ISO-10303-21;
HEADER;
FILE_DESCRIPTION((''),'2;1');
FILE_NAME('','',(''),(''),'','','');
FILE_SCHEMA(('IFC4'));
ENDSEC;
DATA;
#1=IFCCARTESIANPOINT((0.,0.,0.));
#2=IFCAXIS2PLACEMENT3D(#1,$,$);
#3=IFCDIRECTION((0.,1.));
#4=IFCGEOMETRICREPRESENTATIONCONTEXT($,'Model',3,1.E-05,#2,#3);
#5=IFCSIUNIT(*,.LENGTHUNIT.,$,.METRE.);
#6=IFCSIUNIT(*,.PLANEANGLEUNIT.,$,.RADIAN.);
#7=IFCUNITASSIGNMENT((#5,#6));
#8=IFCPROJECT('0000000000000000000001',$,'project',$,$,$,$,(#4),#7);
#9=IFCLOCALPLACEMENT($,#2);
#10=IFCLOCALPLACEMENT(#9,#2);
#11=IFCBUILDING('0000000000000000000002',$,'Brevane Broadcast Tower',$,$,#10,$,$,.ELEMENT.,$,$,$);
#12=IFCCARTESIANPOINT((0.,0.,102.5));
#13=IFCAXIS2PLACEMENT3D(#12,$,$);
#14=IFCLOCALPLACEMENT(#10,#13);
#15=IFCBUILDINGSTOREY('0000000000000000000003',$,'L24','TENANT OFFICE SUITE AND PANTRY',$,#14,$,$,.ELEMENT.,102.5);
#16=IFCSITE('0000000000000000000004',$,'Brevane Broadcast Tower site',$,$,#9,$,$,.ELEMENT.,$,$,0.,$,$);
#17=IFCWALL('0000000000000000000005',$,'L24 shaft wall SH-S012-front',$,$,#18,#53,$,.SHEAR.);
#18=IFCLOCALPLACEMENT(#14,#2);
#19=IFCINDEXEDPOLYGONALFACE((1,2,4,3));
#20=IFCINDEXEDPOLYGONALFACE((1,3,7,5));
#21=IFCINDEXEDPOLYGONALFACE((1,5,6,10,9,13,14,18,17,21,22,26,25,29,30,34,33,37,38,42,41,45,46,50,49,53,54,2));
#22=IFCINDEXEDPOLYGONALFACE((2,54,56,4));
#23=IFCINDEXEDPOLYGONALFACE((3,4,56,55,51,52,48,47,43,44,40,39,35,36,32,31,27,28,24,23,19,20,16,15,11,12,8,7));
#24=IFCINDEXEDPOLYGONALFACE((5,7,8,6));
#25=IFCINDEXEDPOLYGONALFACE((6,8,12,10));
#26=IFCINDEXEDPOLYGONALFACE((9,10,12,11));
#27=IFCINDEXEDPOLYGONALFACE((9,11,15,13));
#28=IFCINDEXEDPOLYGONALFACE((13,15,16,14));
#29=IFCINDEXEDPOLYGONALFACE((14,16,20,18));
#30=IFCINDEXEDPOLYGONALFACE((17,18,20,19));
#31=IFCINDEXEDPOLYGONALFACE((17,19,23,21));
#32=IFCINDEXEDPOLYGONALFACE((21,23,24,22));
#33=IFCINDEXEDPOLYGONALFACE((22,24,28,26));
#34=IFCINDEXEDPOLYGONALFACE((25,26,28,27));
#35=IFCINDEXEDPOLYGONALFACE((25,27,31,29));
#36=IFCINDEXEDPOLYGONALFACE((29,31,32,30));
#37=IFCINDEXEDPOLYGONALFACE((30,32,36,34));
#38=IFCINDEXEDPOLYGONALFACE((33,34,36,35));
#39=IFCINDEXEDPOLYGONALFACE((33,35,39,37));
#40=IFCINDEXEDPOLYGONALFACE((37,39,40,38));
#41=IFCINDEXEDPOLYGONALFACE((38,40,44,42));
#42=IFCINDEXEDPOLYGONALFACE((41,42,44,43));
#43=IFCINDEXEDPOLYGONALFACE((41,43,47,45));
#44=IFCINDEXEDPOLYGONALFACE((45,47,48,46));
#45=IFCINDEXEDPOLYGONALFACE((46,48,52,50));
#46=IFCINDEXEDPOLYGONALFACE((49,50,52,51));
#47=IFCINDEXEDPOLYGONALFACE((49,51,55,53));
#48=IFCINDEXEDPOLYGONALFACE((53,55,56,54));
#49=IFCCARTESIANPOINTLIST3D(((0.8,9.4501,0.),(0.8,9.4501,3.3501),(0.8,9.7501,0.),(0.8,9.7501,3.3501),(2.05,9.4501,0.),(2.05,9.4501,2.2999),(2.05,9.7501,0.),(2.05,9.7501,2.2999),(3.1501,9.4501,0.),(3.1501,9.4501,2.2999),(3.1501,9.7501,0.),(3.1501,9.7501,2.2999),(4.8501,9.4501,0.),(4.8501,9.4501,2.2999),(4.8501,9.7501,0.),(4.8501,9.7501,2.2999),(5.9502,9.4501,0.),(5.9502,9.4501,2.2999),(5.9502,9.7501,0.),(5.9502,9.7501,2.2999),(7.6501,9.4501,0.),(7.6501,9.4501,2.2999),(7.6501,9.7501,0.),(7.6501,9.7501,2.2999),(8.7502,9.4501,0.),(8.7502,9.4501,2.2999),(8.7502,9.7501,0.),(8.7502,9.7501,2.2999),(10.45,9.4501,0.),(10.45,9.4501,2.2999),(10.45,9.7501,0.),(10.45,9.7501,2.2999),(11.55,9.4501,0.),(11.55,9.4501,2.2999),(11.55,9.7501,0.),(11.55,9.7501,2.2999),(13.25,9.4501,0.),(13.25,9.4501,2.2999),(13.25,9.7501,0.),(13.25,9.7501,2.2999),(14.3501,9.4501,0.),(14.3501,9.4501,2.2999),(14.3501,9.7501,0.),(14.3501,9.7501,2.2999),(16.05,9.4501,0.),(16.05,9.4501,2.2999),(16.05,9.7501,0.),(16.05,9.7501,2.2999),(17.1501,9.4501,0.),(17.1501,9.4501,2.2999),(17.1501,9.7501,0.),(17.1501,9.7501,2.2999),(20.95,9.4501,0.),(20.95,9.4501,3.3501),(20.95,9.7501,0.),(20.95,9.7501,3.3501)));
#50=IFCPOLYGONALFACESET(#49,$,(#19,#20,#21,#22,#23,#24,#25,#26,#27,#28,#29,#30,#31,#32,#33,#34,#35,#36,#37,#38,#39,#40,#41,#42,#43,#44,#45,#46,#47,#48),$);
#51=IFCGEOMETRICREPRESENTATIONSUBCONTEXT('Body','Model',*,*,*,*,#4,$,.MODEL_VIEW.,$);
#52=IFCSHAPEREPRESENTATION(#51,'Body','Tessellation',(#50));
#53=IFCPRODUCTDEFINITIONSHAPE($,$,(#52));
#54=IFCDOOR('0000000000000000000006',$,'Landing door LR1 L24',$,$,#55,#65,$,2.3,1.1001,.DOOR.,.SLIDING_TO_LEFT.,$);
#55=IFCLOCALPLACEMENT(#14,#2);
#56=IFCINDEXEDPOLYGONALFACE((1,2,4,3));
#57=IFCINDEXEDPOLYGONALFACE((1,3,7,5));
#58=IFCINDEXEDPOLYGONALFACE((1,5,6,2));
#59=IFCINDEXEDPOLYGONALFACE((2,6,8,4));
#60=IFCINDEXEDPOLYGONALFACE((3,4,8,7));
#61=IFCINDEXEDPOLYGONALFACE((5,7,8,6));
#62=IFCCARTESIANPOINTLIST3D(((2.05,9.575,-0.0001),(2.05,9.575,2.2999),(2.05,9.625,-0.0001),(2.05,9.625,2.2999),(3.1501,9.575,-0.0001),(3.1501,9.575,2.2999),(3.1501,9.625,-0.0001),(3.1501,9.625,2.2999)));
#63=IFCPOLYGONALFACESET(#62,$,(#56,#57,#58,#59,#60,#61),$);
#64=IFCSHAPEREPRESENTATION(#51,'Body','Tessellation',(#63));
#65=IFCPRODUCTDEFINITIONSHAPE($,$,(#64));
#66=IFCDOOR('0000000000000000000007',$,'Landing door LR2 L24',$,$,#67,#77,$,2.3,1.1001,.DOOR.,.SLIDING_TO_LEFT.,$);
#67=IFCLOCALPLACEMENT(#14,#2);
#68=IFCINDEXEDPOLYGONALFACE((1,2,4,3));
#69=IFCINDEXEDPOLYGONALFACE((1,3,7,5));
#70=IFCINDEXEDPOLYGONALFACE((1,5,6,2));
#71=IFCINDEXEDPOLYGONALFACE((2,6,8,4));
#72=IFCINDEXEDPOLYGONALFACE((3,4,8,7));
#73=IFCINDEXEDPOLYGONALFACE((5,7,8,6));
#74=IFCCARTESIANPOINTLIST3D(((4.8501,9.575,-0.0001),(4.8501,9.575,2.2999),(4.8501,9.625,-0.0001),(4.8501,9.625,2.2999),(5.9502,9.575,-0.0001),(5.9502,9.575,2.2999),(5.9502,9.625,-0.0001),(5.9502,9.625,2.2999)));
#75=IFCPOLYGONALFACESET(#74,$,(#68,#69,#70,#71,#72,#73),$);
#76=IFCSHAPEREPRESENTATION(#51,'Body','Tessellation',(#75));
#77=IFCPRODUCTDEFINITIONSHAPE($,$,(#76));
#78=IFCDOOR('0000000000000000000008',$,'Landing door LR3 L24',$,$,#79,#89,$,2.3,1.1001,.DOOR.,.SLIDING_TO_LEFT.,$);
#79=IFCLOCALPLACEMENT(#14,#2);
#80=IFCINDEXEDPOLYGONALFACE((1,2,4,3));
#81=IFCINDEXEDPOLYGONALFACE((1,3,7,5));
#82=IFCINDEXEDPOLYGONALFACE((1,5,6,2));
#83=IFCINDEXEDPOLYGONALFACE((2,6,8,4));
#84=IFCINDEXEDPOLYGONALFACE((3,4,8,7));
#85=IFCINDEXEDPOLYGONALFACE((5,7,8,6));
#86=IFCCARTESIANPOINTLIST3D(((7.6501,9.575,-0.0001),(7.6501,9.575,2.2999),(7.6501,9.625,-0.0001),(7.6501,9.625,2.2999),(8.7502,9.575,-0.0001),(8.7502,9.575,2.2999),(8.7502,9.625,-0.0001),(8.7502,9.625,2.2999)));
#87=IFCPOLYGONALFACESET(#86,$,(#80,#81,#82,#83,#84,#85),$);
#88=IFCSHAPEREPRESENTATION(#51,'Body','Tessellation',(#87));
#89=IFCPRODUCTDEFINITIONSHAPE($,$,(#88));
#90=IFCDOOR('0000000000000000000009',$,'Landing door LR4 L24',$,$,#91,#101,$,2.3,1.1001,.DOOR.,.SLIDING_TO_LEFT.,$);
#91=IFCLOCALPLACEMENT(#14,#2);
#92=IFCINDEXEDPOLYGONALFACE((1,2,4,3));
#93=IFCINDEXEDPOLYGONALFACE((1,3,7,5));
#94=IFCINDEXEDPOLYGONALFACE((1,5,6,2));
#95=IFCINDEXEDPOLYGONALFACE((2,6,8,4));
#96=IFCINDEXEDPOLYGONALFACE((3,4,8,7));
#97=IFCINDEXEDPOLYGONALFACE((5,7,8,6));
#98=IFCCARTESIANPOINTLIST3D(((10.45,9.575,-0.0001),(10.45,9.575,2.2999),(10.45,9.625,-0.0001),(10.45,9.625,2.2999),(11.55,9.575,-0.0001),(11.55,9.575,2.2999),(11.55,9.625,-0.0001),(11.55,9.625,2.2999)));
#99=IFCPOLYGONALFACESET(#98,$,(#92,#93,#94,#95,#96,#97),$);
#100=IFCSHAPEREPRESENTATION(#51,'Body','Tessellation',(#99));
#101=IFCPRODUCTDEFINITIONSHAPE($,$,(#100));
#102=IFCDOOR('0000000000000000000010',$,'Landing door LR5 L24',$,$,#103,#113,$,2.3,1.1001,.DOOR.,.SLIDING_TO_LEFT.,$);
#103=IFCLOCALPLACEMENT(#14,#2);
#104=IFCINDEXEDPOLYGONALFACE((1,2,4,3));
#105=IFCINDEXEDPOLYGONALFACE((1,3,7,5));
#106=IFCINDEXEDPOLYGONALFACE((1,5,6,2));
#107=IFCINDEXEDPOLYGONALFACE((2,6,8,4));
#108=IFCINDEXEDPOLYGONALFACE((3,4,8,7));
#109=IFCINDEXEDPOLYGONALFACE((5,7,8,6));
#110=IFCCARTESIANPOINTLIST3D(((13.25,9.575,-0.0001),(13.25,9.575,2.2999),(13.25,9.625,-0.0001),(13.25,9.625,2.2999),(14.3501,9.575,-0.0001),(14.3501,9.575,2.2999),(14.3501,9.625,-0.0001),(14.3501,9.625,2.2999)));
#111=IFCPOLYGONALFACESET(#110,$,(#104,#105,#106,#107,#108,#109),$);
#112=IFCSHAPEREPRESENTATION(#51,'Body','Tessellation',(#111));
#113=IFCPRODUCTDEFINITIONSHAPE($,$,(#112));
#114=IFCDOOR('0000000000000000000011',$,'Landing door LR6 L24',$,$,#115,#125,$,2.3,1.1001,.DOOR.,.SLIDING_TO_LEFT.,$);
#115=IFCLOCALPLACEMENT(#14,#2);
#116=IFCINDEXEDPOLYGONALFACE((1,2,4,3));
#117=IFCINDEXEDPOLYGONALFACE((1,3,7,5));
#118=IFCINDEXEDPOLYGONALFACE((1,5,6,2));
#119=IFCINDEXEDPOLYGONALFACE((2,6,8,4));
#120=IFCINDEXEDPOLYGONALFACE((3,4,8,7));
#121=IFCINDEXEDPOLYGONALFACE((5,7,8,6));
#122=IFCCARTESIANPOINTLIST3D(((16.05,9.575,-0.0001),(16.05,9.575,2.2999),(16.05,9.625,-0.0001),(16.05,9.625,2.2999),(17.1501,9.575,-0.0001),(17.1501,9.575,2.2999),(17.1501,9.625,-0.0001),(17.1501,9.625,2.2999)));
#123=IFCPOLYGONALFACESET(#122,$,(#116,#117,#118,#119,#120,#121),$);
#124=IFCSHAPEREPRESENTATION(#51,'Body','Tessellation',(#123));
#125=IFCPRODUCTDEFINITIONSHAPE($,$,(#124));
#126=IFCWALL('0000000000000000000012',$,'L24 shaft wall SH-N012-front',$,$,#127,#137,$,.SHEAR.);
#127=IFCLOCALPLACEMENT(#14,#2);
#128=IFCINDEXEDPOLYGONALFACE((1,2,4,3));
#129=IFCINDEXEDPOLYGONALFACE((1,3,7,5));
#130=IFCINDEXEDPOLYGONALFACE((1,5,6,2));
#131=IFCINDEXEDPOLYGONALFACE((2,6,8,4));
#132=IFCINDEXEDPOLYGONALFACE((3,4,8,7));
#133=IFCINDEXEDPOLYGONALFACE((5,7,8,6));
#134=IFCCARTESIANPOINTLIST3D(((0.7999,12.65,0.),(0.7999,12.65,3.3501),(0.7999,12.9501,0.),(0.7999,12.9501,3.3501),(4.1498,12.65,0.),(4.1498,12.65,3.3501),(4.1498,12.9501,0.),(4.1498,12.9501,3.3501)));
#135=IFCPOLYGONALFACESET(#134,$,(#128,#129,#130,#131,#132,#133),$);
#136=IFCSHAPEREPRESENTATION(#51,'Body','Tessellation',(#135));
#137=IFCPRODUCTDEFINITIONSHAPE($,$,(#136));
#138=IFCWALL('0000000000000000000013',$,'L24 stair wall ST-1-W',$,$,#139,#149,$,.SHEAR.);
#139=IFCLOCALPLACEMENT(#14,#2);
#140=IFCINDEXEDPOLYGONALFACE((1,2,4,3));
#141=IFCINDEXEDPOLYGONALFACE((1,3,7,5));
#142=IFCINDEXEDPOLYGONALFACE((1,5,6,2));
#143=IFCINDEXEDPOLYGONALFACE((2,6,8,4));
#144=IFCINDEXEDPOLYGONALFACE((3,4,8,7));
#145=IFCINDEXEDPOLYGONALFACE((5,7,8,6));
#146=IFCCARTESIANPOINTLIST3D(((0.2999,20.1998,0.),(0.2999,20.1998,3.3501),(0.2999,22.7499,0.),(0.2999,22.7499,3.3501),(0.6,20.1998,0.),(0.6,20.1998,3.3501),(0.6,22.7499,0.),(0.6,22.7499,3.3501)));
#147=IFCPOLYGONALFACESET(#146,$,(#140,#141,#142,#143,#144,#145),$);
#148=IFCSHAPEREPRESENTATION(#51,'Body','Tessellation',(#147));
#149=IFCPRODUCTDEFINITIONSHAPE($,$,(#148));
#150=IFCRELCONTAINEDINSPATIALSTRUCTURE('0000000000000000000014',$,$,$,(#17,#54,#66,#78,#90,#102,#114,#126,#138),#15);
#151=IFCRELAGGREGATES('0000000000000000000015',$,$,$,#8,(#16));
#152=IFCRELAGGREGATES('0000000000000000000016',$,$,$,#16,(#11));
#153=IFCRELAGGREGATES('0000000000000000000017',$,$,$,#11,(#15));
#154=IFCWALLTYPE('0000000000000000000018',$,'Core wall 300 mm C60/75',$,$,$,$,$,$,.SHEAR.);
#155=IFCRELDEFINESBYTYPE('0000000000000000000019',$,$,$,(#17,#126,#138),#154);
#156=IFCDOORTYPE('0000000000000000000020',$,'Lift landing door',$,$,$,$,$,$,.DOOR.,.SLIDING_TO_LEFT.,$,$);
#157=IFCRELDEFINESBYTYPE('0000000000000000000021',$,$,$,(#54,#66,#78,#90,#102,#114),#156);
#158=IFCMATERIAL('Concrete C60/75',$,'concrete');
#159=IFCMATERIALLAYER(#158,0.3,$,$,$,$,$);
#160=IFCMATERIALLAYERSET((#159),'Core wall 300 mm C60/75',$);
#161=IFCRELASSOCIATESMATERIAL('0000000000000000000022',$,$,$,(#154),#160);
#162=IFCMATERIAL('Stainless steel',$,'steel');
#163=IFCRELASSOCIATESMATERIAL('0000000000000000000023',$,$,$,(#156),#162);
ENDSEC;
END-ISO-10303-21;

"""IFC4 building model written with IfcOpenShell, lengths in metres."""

from ifc_helpers import new_model, si_unit, direction, frame, frame_2d, origin, place, context, subcontext, project, spatial, rectangle, extrude, material, layer, layer_set, type_object, element, fill, save


model = new_model("IFC4")

# Units and contexts
model_context = context("Model", 3, precision=1e-05, world=origin(), true_north=direction((0.0, 1.0)))
body_context = subcontext(model_context, "Body", "Model", "MODEL_VIEW")
ifc_project = project(units=[si_unit("LENGTHUNIT", "METRE"), si_unit("PLANEANGLEUNIT", "RADIAN")], contexts=[model_context])

# Site, building, storey
site_placement = place(None, origin())
site = spatial("IfcSite", under=ifc_project, at=site_placement, Name="Brevane Broadcast Tower site", CompositionType="ELEMENT", RefElevation=0.0)
building_placement = place(site_placement, origin())
building = spatial("IfcBuilding", under=site, at=building_placement, Name="Brevane Broadcast Tower", CompositionType="ELEMENT")
storey_placement = place(building_placement, frame((0.0, 0.0, 102.5)))
storey = spatial("IfcBuildingStorey", under=building, at=storey_placement, Name="L24", Description="TENANT OFFICE SUITE AND PANTRY", CompositionType="ELEMENT", Elevation=102.5)

# Wall, openings, doors
ifc_material_1 = material(Name="Concrete C60/75", Category="concrete")
ifc_layer_1 = layer(ifc_material_1, 0.3)
ifc_layer_set_1 = layer_set([ifc_layer_1], Name="Core wall 300 mm C60/75")
wall_type_1 = type_object("IfcWallType", Name="Core wall 300 mm C60/75", PredefinedType="SHEAR", material=ifc_layer_set_1)
wall_1_placement = place(storey_placement, frame((0.8, 9.6001, 0.0), z_axis=(0.0, 0.0, 1.0), x_axis=(1.0, 0.0, 0.0)))
wall_1 = element("IfcWall", 1, at=wall_1_placement, inside=storey, type_object=wall_type_1, Name="L24 shaft wall SH-S012-front", PredefinedType="SHEAR", context=body_context, shape_type="SweptSolid", body=[
    extrude(rectangle(XDim=20.1499, YDim=0.3, at=frame_2d((10.075, 0.0))), origin(), (0.0, 0.0, 1.0), 3.3501),
])
opening_1_placement = place(wall_1_placement, frame((1.25, 0.0, 0.0)))
opening_1 = element("IfcOpeningElement", 2, at=opening_1_placement, cuts=wall_1, PredefinedType="OPENING", context=body_context, shape_type="SweptSolid", body=[
    extrude(rectangle(XDim=1.1001, YDim=2.3, at=frame_2d((0.55, 1.1499))), frame((0.0, 0.1599, 0.0), z_axis=(0.0, -1.0, 0.0), x_axis=(1.0, 0.0, 0.0)), (0.0, 0.0, 1.0), 0.3201),
])
opening_2_placement = place(wall_1_placement, frame((4.05, 0.0, 0.0)))
opening_2 = element("IfcOpeningElement", 3, at=opening_2_placement, cuts=wall_1, PredefinedType="OPENING", context=body_context, shape_type="SweptSolid", body=[
    extrude(rectangle(XDim=1.1001, YDim=2.3, at=frame_2d((0.55, 1.1499))), frame((0.0, 0.1599, 0.0), z_axis=(0.0, -1.0, 0.0), x_axis=(1.0, 0.0, 0.0)), (0.0, 0.0, 1.0), 0.3201),
])
opening_3_placement = place(wall_1_placement, frame((6.8501, 0.0, 0.0)))
opening_3 = element("IfcOpeningElement", 4, at=opening_3_placement, cuts=wall_1, PredefinedType="OPENING", context=body_context, shape_type="SweptSolid", body=[
    extrude(rectangle(XDim=1.1001, YDim=2.3, at=frame_2d((0.55, 1.1499))), frame((0.0, 0.1599, 0.0), z_axis=(0.0, -1.0, 0.0), x_axis=(1.0, 0.0, 0.0)), (0.0, 0.0, 1.0), 0.3201),
])
opening_4_placement = place(wall_1_placement, frame((9.6499, 0.0, 0.0)))
opening_4 = element("IfcOpeningElement", 5, at=opening_4_placement, cuts=wall_1, PredefinedType="OPENING", context=body_context, shape_type="SweptSolid", body=[
    extrude(rectangle(XDim=1.1001, YDim=2.3, at=frame_2d((0.55, 1.1499))), frame((0.0, 0.1599, 0.0), z_axis=(0.0, -1.0, 0.0), x_axis=(1.0, 0.0, 0.0)), (0.0, 0.0, 1.0), 0.3201),
])
opening_5_placement = place(wall_1_placement, frame((12.45, 0.0, 0.0)))
opening_5 = element("IfcOpeningElement", 6, at=opening_5_placement, cuts=wall_1, PredefinedType="OPENING", context=body_context, shape_type="SweptSolid", body=[
    extrude(rectangle(XDim=1.1001, YDim=2.3, at=frame_2d((0.55, 1.1499))), frame((0.0, 0.1599, 0.0), z_axis=(0.0, -1.0, 0.0), x_axis=(1.0, 0.0, 0.0)), (0.0, 0.0, 1.0), 0.3201),
])
opening_6_placement = place(wall_1_placement, frame((15.25, 0.0, 0.0)))
opening_6 = element("IfcOpeningElement", 7, at=opening_6_placement, cuts=wall_1, PredefinedType="OPENING", context=body_context, shape_type="SweptSolid", body=[
    extrude(rectangle(XDim=1.1001, YDim=2.3, at=frame_2d((0.55, 1.1499))), frame((0.0, 0.1599, 0.0), z_axis=(0.0, -1.0, 0.0), x_axis=(1.0, 0.0, 0.0)), (0.0, 0.0, 1.0), 0.3201),
])
ifc_material_2 = material(Name="Stainless steel", Category="steel")
door_type = type_object("IfcDoorType", Name="Lift landing door", OperationType="SLIDING_TO_LEFT", PredefinedType="DOOR", material=ifc_material_2)
door_1_placement = place(opening_1_placement, origin())
door_1 = element("IfcDoor", 8, at=door_1_placement, inside=storey, type_object=door_type, Name="Landing door LR1 L24", OperationType="SLIDING_TO_LEFT", OverallHeight=2.3, OverallWidth=1.1001, PredefinedType="DOOR", context=body_context, shape_type="SweptSolid", body=[
    extrude(rectangle(XDim=1.1001, YDim=2.3, at=frame_2d((0.55, 1.1499))), frame((0.0, 0.0249, 0.0), z_axis=(0.0, -1.0, 0.0), x_axis=(1.0, 0.0, 0.0)), (0.0, 0.0, 1.0), 0.05),
])
fill(opening_1, door_1)
door_2_placement = place(opening_2_placement, origin())
door_2 = element("IfcDoor", 9, at=door_2_placement, inside=storey, type_object=door_type, Name="Landing door LR2 L24", OperationType="SLIDING_TO_LEFT", OverallHeight=2.3, OverallWidth=1.1001, PredefinedType="DOOR", context=body_context, shape_type="SweptSolid", body=[
    extrude(rectangle(XDim=1.1001, YDim=2.3, at=frame_2d((0.55, 1.1499))), frame((0.0, 0.0249, 0.0), z_axis=(0.0, -1.0, 0.0), x_axis=(1.0, 0.0, 0.0)), (0.0, 0.0, 1.0), 0.05),
])
fill(opening_2, door_2)
door_3_placement = place(opening_3_placement, origin())
door_3 = element("IfcDoor", 10, at=door_3_placement, inside=storey, type_object=door_type, Name="Landing door LR3 L24", OperationType="SLIDING_TO_LEFT", OverallHeight=2.3, OverallWidth=1.1001, PredefinedType="DOOR", context=body_context, shape_type="SweptSolid", body=[
    extrude(rectangle(XDim=1.1001, YDim=2.3, at=frame_2d((0.55, 1.1499))), frame((0.0, 0.0249, 0.0), z_axis=(0.0, -1.0, 0.0), x_axis=(1.0, 0.0, 0.0)), (0.0, 0.0, 1.0), 0.05),
])
fill(opening_3, door_3)
door_4_placement = place(opening_4_placement, origin())
door_4 = element("IfcDoor", 11, at=door_4_placement, inside=storey, type_object=door_type, Name="Landing door LR4 L24", OperationType="SLIDING_TO_LEFT", OverallHeight=2.3, OverallWidth=1.1001, PredefinedType="DOOR", context=body_context, shape_type="SweptSolid", body=[
    extrude(rectangle(XDim=1.1001, YDim=2.3, at=frame_2d((0.55, 1.1499))), frame((0.0, 0.0249, 0.0), z_axis=(0.0, -1.0, 0.0), x_axis=(1.0, 0.0, 0.0)), (0.0, 0.0, 1.0), 0.05),
])
fill(opening_4, door_4)
door_5_placement = place(opening_5_placement, origin())
door_5 = element("IfcDoor", 12, at=door_5_placement, inside=storey, type_object=door_type, Name="Landing door LR5 L24", OperationType="SLIDING_TO_LEFT", OverallHeight=2.3, OverallWidth=1.1001, PredefinedType="DOOR", context=body_context, shape_type="SweptSolid", body=[
    extrude(rectangle(XDim=1.1001, YDim=2.3, at=frame_2d((0.55, 1.1499))), frame((0.0, 0.0249, 0.0), z_axis=(0.0, -1.0, 0.0), x_axis=(1.0, 0.0, 0.0)), (0.0, 0.0, 1.0), 0.05),
])
fill(opening_5, door_5)
door_6_placement = place(opening_6_placement, origin())
door_6 = element("IfcDoor", 13, at=door_6_placement, inside=storey, type_object=door_type, Name="Landing door LR6 L24", OperationType="SLIDING_TO_LEFT", OverallHeight=2.3, OverallWidth=1.1001, PredefinedType="DOOR", context=body_context, shape_type="SweptSolid", body=[
    extrude(rectangle(XDim=1.1001, YDim=2.3, at=frame_2d((0.55, 1.1499))), frame((0.0, 0.0249, 0.0), z_axis=(0.0, -1.0, 0.0), x_axis=(1.0, 0.0, 0.0)), (0.0, 0.0, 1.0), 0.05),
])
fill(opening_6, door_6)

# Walls
wall_2_placement = place(storey_placement, frame((0.8, 12.8, 0.0), z_axis=(0.0, 0.0, 1.0), x_axis=(1.0, 0.0, 0.0)))
element("IfcWall", 14, at=wall_2_placement, inside=storey, type_object=wall_type_1, Name="L24 shaft wall SH-N012-front", PredefinedType="SHEAR", context=body_context, shape_type="SweptSolid", body=[
    extrude(rectangle(XDim=3.3499, YDim=0.3, at=frame_2d((1.6748, 0.0))), origin(), (0.0, 0.0, 1.0), 3.3501),
])
wall_3_placement = place(storey_placement, frame((0.45, 20.2, 0.0), z_axis=(0.0, 0.0, 1.0), x_axis=(0.0, 1.0, 0.0)))
element("IfcWall", 15, at=wall_3_placement, inside=storey, type_object=wall_type_1, Name="L24 stair wall ST-1-W", PredefinedType="SHEAR", context=body_context, shape_type="SweptSolid", body=[
    extrude(rectangle(XDim=2.55, YDim=0.3, at=frame_2d((1.2749, 0.0))), origin(), (0.0, 0.0, 1.0), 3.3501),
])

save(model, "model.ifc")
